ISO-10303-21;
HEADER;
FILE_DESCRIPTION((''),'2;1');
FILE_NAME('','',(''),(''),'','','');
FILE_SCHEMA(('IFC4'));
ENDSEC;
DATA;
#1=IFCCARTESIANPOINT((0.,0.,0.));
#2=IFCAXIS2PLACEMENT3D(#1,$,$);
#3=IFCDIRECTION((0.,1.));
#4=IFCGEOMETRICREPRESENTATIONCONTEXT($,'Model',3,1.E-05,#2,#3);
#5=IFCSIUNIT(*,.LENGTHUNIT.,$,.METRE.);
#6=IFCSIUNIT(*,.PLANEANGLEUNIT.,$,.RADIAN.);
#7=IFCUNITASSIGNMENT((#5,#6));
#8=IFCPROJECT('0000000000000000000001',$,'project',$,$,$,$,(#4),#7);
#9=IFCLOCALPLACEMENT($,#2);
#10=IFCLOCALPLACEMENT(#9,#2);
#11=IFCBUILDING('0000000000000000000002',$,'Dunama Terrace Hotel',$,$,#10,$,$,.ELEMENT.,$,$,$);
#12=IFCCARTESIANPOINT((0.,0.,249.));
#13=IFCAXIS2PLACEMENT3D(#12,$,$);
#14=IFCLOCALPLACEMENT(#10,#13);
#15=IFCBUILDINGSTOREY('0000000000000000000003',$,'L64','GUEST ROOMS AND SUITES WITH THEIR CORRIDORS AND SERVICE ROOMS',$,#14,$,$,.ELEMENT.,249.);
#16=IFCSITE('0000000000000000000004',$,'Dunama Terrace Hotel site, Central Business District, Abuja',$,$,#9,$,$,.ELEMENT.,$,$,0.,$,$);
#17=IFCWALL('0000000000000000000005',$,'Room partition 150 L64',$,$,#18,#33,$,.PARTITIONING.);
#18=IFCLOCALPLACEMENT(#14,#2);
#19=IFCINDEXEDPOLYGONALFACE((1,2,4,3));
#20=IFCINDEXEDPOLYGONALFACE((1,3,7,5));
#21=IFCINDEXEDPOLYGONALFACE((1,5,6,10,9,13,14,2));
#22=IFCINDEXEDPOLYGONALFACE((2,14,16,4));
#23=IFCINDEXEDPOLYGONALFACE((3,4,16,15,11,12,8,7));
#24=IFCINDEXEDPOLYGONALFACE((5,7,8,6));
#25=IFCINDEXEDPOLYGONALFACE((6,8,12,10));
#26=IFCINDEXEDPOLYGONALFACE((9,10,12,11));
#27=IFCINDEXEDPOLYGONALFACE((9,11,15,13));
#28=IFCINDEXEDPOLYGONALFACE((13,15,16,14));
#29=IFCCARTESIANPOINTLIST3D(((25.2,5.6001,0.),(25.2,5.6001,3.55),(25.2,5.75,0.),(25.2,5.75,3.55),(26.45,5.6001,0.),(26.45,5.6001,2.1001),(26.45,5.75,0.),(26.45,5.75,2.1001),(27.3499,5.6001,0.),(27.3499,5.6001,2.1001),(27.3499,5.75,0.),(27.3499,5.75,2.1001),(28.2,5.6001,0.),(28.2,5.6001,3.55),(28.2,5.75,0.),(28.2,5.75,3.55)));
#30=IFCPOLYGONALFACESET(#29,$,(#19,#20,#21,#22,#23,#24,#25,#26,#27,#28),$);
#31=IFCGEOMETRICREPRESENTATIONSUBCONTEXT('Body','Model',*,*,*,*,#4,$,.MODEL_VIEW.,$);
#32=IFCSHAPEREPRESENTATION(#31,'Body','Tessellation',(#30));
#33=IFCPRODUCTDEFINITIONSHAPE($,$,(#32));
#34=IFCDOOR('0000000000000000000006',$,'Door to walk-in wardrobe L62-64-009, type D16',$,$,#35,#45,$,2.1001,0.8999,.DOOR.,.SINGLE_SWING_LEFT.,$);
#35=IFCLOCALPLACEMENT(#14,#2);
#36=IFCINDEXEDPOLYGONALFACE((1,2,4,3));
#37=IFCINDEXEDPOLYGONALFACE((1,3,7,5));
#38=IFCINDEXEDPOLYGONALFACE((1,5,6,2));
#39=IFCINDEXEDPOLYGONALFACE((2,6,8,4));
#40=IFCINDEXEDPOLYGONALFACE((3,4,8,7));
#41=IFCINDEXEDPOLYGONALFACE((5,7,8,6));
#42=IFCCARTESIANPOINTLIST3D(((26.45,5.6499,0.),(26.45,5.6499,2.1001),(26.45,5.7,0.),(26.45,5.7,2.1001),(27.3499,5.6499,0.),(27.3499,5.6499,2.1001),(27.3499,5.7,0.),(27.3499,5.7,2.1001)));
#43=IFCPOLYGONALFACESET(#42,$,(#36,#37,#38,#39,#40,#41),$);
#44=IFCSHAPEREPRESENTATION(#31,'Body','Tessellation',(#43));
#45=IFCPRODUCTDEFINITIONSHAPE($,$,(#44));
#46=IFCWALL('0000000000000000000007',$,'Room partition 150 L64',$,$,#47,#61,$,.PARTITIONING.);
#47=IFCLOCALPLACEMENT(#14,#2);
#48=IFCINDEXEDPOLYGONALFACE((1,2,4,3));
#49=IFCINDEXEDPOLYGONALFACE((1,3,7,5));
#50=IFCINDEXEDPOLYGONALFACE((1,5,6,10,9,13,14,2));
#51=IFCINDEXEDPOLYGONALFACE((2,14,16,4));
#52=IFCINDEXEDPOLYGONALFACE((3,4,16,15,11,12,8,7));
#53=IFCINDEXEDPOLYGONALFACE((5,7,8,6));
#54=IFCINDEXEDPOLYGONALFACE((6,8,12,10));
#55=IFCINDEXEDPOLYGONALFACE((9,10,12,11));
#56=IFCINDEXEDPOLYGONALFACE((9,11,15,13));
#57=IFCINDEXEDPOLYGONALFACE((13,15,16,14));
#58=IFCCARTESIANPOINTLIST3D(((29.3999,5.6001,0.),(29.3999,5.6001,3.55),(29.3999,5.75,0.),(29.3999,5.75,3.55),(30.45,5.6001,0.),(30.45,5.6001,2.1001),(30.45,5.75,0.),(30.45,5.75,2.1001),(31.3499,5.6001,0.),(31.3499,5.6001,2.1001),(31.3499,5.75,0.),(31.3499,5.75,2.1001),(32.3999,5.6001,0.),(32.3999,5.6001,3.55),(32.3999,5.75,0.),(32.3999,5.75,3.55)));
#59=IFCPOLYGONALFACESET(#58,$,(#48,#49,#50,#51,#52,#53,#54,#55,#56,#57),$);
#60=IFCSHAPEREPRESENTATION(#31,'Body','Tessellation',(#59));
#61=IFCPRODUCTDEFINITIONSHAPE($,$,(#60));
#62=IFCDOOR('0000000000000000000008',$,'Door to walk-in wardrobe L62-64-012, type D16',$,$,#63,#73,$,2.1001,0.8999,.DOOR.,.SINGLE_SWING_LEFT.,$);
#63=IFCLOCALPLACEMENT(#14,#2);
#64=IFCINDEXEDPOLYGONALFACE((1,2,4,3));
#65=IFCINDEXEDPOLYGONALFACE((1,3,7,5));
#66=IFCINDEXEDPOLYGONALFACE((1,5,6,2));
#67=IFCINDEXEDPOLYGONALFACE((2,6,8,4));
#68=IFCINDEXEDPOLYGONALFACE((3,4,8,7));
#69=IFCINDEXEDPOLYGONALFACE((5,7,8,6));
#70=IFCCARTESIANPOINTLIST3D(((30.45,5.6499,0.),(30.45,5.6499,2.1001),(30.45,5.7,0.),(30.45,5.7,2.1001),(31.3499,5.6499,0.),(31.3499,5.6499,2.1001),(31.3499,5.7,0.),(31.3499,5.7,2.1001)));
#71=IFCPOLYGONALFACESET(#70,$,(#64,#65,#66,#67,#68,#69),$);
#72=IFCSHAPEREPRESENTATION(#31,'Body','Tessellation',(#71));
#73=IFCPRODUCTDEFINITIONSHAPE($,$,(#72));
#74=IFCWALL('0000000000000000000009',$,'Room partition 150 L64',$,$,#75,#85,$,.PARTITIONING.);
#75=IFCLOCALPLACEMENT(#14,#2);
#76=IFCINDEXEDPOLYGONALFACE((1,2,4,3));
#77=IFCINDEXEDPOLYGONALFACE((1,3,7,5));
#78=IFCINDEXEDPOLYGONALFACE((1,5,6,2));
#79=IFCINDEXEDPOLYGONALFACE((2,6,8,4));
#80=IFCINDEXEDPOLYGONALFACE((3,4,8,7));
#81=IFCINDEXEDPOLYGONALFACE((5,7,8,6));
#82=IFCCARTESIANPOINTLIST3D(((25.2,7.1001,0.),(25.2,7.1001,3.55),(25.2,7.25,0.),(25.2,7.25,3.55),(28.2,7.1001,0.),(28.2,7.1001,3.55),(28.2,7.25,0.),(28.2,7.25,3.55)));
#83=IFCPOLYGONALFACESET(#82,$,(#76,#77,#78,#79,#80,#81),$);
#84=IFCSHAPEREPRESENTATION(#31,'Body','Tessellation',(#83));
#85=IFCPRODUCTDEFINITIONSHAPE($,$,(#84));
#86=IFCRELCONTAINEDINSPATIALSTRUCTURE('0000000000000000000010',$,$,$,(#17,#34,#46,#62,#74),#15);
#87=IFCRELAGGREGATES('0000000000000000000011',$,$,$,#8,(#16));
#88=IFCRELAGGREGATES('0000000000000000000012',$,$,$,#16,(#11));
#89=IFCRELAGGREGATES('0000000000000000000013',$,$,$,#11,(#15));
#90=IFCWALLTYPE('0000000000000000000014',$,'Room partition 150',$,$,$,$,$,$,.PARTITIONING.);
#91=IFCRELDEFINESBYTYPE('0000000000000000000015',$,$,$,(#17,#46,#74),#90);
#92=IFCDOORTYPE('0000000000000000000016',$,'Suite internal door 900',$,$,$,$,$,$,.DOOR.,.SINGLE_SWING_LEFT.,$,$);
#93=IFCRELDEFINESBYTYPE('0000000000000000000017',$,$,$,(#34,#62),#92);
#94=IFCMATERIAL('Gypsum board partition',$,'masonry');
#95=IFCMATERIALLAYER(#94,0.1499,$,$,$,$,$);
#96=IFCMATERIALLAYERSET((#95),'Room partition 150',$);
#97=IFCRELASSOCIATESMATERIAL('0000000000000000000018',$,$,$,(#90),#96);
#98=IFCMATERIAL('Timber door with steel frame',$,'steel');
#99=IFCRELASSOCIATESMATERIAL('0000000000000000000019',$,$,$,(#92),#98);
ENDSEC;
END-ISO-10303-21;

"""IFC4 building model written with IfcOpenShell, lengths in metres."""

from ifc_helpers import new_model, si_unit, direction, frame, frame_2d, origin, place, context, subcontext, project, spatial, rectangle, extrude, material, layer, layer_set, type_object, element, fill, save


model = new_model("IFC4")

# Units and contexts
model_context = context("Model", 3, precision=1e-05, world=origin(), true_north=direction((0.0, 1.0)))
body_context = subcontext(model_context, "Body", "Model", "MODEL_VIEW")
ifc_project = project(units=[si_unit("LENGTHUNIT", "METRE"), si_unit("PLANEANGLEUNIT", "RADIAN")], contexts=[model_context])

# Site, building, storey
site_placement = place(None, origin())
site = spatial("IfcSite", under=ifc_project, at=site_placement, Name="Dunama Terrace Hotel site, Central Business District, Abuja", CompositionType="ELEMENT", RefElevation=0.0)
building_placement = place(site_placement, origin())
building = spatial("IfcBuilding", under=site, at=building_placement, Name="Dunama Terrace Hotel", CompositionType="ELEMENT")
storey_placement = place(building_placement, frame((0.0, 0.0, 249.0)))
storey = spatial("IfcBuildingStorey", under=building, at=storey_placement, Name="L64", Description="GUEST ROOMS AND SUITES WITH THEIR CORRIDORS AND SERVICE ROOMS", CompositionType="ELEMENT", Elevation=249.0)

# Shared definitions
ifc_material_1 = material(Name="Gypsum board partition", Category="masonry")
ifc_layer_1 = layer(ifc_material_1, 0.1499)
ifc_layer_set_1 = layer_set([ifc_layer_1], Name="Room partition 150")
wall_type_1 = type_object("IfcWallType", Name="Room partition 150", PredefinedType="PARTITIONING", material=ifc_layer_set_1)
ifc_material_2 = material(Name="Timber door with steel frame", Category="steel")
door_type_1 = type_object("IfcDoorType", Name="Suite internal door 900", OperationType="SINGLE_SWING_LEFT", PredefinedType="DOOR", material=ifc_material_2)

# Walls, openings, doors
wall_1_placement = place(storey_placement, frame((25.2, 5.675, 0.0), z_axis=(0.0, 0.0, 1.0), x_axis=(1.0, 0.0, 0.0)))
wall_1 = element("IfcWall", 1, at=wall_1_placement, inside=storey, type_object=wall_type_1, Name="Room partition 150 L64", PredefinedType="PARTITIONING", context=body_context, shape_type="SweptSolid", body=[
    extrude(rectangle(XDim=3.0, YDim=0.1499, at=frame_2d((1.5, 0.0))), origin(), (0.0, 0.0, 1.0), 3.55),
])
opening_1_placement = place(wall_1_placement, frame((1.25, 0.0, 0.0)))
opening_1 = element("IfcOpeningElement", 2, at=opening_1_placement, cuts=wall_1, PredefinedType="OPENING", context=body_context, shape_type="SweptSolid", body=[
    extrude(rectangle(XDim=0.8999, YDim=2.1001, at=frame_2d((0.45, 1.05))), frame((0.0, 0.085, 0.0), z_axis=(0.0, -1.0, 0.0), x_axis=(1.0, 0.0, 0.0)), (0.0, 0.0, 1.0), 0.1699),
])
door_1_placement = place(opening_1_placement, origin())
door_1 = element("IfcDoor", 3, at=door_1_placement, inside=storey, type_object=door_type_1, Name="Door to walk-in wardrobe L62-64-009, type D16", OperationType="SINGLE_SWING_LEFT", OverallHeight=2.1001, OverallWidth=0.8999, PredefinedType="DOOR", context=body_context, shape_type="SweptSolid", body=[
    extrude(rectangle(XDim=0.8999, YDim=2.1001, at=frame_2d((0.45, 1.05))), frame((0.0, 0.0249, 0.0), z_axis=(0.0, -1.0, 0.0), x_axis=(1.0, 0.0, 0.0)), (0.0, 0.0, 1.0), 0.05),
])
fill(opening_1, door_1)
wall_2_placement = place(storey_placement, frame((29.3999, 5.675, 0.0), z_axis=(0.0, 0.0, 1.0), x_axis=(1.0, 0.0, 0.0)))
wall_2 = element("IfcWall", 4, at=wall_2_placement, inside=storey, type_object=wall_type_1, Name="Room partition 150 L64", PredefinedType="PARTITIONING", context=body_context, shape_type="SweptSolid", body=[
    extrude(rectangle(XDim=3.0, YDim=0.1499, at=frame_2d((1.5, 0.0))), origin(), (0.0, 0.0, 1.0), 3.55),
])
opening_2_placement = place(wall_2_placement, frame((1.05, 0.0, 0.0)))
opening_2 = element("IfcOpeningElement", 5, at=opening_2_placement, cuts=wall_2, PredefinedType="OPENING", context=body_context, shape_type="SweptSolid", body=[
    extrude(rectangle(XDim=0.8999, YDim=2.1001, at=frame_2d((0.45, 1.05))), frame((0.0, 0.085, 0.0), z_axis=(0.0, -1.0, 0.0), x_axis=(1.0, 0.0, 0.0)), (0.0, 0.0, 1.0), 0.1699),
])
door_2_placement = place(opening_2_placement, origin())
door_2 = element("IfcDoor", 6, at=door_2_placement, inside=storey, type_object=door_type_1, Name="Door to walk-in wardrobe L62-64-012, type D16", OperationType="SINGLE_SWING_LEFT", OverallHeight=2.1001, OverallWidth=0.8999, PredefinedType="DOOR", context=body_context, shape_type="SweptSolid", body=[
    extrude(rectangle(XDim=0.8999, YDim=2.1001, at=frame_2d((0.45, 1.05))), frame((0.0, 0.0249, 0.0), z_axis=(0.0, -1.0, 0.0), x_axis=(1.0, 0.0, 0.0)), (0.0, 0.0, 1.0), 0.05),
])
fill(opening_2, door_2)

# Wall
wall_3_placement = place(storey_placement, frame((25.2, 7.175, 0.0), z_axis=(0.0, 0.0, 1.0), x_axis=(1.0, 0.0, 0.0)))
element("IfcWall", 7, at=wall_3_placement, inside=storey, type_object=wall_type_1, Name="Room partition 150 L64", PredefinedType="PARTITIONING", context=body_context, shape_type="SweptSolid", body=[
    extrude(rectangle(XDim=3.0, YDim=0.1499, at=frame_2d((1.5, 0.0))), origin(), (0.0, 0.0, 1.0), 3.55),
])

save(model, "model.ifc")
